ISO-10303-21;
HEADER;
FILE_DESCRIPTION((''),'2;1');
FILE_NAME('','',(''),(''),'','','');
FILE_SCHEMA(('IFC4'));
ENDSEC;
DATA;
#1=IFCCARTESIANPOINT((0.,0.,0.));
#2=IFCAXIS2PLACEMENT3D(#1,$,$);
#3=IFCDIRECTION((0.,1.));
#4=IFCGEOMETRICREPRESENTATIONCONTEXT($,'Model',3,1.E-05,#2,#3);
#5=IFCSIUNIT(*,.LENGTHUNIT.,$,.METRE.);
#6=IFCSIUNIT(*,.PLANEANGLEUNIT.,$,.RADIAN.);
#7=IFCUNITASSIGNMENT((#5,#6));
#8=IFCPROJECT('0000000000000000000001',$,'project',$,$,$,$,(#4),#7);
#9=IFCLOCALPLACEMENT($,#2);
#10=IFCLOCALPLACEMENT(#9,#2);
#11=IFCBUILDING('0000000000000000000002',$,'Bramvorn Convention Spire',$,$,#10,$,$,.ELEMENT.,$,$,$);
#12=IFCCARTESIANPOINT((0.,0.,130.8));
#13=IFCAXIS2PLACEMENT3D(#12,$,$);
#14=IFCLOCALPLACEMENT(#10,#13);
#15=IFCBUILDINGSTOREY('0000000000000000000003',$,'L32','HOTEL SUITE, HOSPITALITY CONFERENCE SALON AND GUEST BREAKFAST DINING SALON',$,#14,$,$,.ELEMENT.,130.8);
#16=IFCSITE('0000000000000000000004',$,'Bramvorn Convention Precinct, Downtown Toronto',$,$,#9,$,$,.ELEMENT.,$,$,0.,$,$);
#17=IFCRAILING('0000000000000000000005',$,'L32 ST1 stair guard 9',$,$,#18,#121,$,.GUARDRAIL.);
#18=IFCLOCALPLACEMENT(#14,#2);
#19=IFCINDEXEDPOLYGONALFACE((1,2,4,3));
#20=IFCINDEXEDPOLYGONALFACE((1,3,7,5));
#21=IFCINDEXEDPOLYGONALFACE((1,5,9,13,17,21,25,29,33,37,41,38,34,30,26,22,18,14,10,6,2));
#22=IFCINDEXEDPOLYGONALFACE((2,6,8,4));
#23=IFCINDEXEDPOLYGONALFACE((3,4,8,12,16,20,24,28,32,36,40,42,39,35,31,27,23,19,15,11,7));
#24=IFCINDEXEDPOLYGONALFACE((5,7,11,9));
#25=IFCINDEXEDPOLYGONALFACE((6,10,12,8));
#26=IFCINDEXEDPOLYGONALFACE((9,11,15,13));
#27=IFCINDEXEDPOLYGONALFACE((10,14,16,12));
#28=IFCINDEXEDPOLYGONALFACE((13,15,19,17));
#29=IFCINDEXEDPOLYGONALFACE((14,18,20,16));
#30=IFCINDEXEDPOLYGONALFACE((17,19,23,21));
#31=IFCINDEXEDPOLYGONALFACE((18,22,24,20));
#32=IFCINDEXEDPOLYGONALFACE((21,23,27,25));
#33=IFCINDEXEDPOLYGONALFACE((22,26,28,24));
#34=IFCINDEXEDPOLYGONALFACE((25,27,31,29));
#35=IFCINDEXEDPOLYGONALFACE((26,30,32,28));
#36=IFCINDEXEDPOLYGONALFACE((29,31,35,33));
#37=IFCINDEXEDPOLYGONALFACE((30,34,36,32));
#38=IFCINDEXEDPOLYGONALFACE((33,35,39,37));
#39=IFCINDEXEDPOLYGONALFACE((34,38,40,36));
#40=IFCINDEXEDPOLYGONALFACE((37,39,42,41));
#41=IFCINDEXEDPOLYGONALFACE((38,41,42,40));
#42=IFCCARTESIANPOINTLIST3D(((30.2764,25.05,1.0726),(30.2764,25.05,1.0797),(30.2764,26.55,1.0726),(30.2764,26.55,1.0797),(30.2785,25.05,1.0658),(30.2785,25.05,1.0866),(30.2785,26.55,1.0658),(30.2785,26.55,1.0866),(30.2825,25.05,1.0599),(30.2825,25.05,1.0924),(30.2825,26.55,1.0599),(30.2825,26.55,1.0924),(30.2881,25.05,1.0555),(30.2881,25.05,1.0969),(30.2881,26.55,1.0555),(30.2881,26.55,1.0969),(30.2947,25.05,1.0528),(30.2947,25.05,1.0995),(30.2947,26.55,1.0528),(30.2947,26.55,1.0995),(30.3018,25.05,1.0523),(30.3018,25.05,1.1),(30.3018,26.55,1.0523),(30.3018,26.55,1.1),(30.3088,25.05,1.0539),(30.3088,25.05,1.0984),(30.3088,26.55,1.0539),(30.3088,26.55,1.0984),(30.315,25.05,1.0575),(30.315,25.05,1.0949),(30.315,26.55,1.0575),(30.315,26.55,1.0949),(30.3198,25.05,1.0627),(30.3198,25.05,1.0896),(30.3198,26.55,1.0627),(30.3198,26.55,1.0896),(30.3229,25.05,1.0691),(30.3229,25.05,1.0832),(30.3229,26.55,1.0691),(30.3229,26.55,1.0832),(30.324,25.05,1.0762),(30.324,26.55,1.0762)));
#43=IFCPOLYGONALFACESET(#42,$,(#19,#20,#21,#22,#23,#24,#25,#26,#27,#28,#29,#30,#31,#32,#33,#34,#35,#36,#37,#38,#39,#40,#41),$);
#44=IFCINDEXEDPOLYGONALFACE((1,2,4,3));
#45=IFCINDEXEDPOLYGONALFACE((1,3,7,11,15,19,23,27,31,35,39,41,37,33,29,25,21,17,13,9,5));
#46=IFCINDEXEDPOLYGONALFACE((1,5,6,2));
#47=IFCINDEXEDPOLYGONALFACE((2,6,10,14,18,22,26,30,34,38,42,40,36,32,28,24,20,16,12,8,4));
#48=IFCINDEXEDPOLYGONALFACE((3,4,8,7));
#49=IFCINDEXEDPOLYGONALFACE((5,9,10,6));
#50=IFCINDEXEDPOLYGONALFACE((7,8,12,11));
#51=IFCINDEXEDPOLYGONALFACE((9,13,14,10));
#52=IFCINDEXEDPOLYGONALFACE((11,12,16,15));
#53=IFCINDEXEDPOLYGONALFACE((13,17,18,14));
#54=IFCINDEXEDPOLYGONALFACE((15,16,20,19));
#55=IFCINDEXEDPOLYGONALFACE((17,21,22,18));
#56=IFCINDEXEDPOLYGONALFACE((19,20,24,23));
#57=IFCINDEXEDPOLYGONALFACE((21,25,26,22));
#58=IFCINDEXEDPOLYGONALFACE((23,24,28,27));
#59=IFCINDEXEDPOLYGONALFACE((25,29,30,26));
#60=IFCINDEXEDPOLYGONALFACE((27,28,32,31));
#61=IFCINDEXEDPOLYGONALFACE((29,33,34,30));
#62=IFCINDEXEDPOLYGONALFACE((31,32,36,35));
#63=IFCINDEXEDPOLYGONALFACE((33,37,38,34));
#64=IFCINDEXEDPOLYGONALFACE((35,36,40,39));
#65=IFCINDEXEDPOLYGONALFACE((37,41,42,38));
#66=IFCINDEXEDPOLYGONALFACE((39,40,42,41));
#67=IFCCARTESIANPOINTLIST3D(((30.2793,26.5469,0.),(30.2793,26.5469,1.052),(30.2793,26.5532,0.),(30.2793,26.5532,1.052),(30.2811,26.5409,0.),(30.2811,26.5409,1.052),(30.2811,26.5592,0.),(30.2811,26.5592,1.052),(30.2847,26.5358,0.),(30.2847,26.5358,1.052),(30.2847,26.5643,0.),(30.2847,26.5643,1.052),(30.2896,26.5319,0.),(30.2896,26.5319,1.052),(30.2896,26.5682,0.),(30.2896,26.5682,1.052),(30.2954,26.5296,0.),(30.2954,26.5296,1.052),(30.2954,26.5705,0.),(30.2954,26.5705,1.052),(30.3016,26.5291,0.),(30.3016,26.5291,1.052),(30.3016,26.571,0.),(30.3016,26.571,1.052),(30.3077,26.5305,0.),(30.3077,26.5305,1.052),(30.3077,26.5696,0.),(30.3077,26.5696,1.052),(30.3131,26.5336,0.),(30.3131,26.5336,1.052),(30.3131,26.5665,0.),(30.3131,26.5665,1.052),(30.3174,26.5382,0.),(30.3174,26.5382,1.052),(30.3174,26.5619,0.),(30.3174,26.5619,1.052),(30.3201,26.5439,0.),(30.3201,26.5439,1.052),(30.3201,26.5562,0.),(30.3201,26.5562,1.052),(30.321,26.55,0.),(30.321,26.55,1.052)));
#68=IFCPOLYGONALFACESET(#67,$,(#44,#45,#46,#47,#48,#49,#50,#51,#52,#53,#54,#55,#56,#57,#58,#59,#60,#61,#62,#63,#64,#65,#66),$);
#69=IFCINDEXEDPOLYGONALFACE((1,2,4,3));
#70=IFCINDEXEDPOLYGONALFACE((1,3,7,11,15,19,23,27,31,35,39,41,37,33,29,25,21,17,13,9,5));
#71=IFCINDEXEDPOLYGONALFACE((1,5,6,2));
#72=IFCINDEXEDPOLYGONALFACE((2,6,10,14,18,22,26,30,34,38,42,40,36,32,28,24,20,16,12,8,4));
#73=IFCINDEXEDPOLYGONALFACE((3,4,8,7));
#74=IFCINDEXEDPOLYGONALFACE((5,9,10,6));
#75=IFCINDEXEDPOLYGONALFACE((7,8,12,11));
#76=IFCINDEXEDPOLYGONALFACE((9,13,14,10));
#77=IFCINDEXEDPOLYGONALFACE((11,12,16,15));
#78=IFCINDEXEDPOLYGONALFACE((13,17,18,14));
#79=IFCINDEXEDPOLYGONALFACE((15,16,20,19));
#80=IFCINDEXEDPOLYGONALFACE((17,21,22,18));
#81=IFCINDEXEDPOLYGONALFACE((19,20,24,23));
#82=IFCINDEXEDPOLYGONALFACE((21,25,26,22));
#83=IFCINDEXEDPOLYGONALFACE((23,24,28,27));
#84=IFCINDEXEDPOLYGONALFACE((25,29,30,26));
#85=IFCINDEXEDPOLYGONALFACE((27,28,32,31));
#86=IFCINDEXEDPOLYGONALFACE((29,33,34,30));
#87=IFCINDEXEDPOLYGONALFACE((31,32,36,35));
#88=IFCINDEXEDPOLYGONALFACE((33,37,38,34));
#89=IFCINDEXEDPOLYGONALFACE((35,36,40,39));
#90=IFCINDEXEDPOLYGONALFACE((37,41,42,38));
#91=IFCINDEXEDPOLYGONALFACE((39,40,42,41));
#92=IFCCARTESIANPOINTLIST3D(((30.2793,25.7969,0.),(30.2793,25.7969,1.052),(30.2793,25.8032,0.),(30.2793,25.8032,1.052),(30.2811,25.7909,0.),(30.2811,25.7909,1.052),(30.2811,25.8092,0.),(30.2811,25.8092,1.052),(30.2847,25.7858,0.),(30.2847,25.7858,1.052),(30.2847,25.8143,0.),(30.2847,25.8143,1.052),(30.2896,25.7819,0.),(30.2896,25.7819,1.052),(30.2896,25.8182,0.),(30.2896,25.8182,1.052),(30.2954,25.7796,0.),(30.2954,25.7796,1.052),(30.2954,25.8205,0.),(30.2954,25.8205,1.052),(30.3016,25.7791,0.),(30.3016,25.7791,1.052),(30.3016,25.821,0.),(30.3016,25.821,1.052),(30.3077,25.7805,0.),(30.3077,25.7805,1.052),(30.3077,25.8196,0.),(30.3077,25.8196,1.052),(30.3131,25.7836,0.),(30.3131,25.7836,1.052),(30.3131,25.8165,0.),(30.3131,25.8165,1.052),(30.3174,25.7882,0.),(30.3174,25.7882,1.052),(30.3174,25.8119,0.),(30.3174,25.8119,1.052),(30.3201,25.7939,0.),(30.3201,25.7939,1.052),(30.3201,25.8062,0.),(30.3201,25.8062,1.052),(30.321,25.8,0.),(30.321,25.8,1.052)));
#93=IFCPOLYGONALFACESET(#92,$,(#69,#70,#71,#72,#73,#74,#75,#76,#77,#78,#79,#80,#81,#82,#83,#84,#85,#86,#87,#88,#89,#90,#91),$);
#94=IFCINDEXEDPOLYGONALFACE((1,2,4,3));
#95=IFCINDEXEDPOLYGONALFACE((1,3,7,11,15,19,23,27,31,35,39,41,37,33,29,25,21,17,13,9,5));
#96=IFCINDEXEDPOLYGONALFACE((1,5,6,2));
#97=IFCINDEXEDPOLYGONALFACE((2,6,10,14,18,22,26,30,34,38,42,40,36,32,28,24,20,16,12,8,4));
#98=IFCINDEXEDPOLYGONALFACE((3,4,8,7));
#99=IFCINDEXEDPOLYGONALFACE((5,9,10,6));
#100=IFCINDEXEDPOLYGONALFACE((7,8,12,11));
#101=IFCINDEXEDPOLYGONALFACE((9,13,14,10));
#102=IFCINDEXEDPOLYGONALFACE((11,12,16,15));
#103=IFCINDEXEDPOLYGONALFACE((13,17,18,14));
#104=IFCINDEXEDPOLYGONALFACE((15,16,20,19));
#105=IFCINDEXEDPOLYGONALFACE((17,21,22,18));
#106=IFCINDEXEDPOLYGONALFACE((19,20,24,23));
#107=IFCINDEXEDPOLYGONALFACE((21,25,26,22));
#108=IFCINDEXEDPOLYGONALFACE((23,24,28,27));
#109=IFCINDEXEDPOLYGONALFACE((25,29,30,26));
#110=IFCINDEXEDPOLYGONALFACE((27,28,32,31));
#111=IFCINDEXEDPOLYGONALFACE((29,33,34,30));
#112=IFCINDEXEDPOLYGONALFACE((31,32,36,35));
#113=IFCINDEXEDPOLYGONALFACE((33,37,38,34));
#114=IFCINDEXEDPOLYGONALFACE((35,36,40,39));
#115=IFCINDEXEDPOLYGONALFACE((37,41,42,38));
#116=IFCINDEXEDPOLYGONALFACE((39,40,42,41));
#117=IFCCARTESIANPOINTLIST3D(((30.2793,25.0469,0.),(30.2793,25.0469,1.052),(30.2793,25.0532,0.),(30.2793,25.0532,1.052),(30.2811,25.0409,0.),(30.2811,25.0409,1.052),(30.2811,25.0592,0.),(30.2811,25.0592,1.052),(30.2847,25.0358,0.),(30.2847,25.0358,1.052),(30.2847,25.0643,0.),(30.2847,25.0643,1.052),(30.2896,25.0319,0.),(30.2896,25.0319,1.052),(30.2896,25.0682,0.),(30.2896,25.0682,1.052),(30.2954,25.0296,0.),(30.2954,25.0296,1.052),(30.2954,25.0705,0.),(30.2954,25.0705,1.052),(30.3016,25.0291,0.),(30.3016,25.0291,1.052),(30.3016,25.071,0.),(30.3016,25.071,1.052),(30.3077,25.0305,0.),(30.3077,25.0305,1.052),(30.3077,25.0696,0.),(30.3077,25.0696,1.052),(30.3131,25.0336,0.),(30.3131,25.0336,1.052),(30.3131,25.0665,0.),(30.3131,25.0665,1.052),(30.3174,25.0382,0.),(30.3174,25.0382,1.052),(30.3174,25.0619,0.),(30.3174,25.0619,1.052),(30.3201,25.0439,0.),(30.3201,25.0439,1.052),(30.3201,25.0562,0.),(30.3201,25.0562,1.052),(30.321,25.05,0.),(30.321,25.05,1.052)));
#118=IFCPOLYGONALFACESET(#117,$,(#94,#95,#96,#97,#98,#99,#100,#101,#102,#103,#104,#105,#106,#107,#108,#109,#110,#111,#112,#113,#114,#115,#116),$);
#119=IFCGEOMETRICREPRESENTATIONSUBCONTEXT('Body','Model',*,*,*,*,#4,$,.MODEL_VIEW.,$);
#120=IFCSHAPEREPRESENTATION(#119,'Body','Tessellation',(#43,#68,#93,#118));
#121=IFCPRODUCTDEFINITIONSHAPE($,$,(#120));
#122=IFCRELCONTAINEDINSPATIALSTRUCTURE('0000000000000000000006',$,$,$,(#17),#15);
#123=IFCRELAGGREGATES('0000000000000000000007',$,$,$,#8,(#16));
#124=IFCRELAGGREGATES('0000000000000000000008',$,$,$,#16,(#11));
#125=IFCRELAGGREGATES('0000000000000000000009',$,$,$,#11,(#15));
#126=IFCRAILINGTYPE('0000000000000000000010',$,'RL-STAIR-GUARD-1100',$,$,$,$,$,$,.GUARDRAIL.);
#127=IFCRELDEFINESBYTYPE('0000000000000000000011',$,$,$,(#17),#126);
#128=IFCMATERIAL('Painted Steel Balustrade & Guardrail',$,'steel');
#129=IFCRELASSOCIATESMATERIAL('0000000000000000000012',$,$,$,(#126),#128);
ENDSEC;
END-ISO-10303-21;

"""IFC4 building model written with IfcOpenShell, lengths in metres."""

from ifc_helpers import new_model, si_unit, direction, frame, origin, origin_2d, place, context, subcontext, project, spatial, circle, extrude, material, type_object, element, save


model = new_model("IFC4")

# Units and contexts
model_context = context("Model", 3, precision=1e-05, world=origin(), true_north=direction((0.0, 1.0)))
body_context = subcontext(model_context, "Body", "Model", "MODEL_VIEW")
ifc_project = project(units=[si_unit("LENGTHUNIT", "METRE"), si_unit("PLANEANGLEUNIT", "RADIAN")], contexts=[model_context])

# Site, building, storey
site_placement = place(None, origin())
site = spatial("IfcSite", under=ifc_project, at=site_placement, Name="Bramvorn Convention Precinct, Downtown Toronto", CompositionType="ELEMENT", RefElevation=0.0)
building_placement = place(site_placement, origin())
building = spatial("IfcBuilding", under=site, at=building_placement, Name="Bramvorn Convention Spire", CompositionType="ELEMENT")
storey_placement = place(building_placement, frame((0.0, 0.0, 130.8)))
storey = spatial("IfcBuildingStorey", under=building, at=storey_placement, Name="L32", Description="HOTEL SUITE, HOSPITALITY CONFERENCE SALON AND GUEST BREAKFAST DINING SALON", CompositionType="ELEMENT", Elevation=130.8)

# Railing
ifc_material_1 = material(Name="Painted Steel Balustrade & Guardrail", Category="steel")
railing_type = type_object("IfcRailingType", Name="RL-STAIR-GUARD-1100", PredefinedType="GUARDRAIL", material=ifc_material_1)
for number, where, name in (
    (1, (30.3, 26.55, 0.0), "L32 ST1 stair guard 9"),
):
    element("IfcRailing", number, at=place(storey_placement, frame(where)), inside=storey, type_object=railing_type, Name=name, PredefinedType="GUARDRAIL", context=body_context, shape_type="SweptSolid", body=[
        extrude(circle(Radius=0.0239, at=origin_2d()), frame((0.0, 0.0, 1.0762), z_axis=(0.0, -1.0, 0.0), x_axis=(1.0, 0.0, 0.0)), (0.0, 0.0, 1.0), 1.5),
        extrude(circle(Radius=0.021, at=origin_2d()), origin(), (0.0, 0.0, 1.0), 1.052),
        extrude(circle(Radius=0.021, at=origin_2d()), frame((0.0, -0.75, 0.0)), (0.0, 0.0, 1.0), 1.052),
        extrude(circle(Radius=0.021, at=origin_2d()), frame((0.0, -1.5, 0.0)), (0.0, 0.0, 1.0), 1.052),
    ])

save(model, "model.ifc")
